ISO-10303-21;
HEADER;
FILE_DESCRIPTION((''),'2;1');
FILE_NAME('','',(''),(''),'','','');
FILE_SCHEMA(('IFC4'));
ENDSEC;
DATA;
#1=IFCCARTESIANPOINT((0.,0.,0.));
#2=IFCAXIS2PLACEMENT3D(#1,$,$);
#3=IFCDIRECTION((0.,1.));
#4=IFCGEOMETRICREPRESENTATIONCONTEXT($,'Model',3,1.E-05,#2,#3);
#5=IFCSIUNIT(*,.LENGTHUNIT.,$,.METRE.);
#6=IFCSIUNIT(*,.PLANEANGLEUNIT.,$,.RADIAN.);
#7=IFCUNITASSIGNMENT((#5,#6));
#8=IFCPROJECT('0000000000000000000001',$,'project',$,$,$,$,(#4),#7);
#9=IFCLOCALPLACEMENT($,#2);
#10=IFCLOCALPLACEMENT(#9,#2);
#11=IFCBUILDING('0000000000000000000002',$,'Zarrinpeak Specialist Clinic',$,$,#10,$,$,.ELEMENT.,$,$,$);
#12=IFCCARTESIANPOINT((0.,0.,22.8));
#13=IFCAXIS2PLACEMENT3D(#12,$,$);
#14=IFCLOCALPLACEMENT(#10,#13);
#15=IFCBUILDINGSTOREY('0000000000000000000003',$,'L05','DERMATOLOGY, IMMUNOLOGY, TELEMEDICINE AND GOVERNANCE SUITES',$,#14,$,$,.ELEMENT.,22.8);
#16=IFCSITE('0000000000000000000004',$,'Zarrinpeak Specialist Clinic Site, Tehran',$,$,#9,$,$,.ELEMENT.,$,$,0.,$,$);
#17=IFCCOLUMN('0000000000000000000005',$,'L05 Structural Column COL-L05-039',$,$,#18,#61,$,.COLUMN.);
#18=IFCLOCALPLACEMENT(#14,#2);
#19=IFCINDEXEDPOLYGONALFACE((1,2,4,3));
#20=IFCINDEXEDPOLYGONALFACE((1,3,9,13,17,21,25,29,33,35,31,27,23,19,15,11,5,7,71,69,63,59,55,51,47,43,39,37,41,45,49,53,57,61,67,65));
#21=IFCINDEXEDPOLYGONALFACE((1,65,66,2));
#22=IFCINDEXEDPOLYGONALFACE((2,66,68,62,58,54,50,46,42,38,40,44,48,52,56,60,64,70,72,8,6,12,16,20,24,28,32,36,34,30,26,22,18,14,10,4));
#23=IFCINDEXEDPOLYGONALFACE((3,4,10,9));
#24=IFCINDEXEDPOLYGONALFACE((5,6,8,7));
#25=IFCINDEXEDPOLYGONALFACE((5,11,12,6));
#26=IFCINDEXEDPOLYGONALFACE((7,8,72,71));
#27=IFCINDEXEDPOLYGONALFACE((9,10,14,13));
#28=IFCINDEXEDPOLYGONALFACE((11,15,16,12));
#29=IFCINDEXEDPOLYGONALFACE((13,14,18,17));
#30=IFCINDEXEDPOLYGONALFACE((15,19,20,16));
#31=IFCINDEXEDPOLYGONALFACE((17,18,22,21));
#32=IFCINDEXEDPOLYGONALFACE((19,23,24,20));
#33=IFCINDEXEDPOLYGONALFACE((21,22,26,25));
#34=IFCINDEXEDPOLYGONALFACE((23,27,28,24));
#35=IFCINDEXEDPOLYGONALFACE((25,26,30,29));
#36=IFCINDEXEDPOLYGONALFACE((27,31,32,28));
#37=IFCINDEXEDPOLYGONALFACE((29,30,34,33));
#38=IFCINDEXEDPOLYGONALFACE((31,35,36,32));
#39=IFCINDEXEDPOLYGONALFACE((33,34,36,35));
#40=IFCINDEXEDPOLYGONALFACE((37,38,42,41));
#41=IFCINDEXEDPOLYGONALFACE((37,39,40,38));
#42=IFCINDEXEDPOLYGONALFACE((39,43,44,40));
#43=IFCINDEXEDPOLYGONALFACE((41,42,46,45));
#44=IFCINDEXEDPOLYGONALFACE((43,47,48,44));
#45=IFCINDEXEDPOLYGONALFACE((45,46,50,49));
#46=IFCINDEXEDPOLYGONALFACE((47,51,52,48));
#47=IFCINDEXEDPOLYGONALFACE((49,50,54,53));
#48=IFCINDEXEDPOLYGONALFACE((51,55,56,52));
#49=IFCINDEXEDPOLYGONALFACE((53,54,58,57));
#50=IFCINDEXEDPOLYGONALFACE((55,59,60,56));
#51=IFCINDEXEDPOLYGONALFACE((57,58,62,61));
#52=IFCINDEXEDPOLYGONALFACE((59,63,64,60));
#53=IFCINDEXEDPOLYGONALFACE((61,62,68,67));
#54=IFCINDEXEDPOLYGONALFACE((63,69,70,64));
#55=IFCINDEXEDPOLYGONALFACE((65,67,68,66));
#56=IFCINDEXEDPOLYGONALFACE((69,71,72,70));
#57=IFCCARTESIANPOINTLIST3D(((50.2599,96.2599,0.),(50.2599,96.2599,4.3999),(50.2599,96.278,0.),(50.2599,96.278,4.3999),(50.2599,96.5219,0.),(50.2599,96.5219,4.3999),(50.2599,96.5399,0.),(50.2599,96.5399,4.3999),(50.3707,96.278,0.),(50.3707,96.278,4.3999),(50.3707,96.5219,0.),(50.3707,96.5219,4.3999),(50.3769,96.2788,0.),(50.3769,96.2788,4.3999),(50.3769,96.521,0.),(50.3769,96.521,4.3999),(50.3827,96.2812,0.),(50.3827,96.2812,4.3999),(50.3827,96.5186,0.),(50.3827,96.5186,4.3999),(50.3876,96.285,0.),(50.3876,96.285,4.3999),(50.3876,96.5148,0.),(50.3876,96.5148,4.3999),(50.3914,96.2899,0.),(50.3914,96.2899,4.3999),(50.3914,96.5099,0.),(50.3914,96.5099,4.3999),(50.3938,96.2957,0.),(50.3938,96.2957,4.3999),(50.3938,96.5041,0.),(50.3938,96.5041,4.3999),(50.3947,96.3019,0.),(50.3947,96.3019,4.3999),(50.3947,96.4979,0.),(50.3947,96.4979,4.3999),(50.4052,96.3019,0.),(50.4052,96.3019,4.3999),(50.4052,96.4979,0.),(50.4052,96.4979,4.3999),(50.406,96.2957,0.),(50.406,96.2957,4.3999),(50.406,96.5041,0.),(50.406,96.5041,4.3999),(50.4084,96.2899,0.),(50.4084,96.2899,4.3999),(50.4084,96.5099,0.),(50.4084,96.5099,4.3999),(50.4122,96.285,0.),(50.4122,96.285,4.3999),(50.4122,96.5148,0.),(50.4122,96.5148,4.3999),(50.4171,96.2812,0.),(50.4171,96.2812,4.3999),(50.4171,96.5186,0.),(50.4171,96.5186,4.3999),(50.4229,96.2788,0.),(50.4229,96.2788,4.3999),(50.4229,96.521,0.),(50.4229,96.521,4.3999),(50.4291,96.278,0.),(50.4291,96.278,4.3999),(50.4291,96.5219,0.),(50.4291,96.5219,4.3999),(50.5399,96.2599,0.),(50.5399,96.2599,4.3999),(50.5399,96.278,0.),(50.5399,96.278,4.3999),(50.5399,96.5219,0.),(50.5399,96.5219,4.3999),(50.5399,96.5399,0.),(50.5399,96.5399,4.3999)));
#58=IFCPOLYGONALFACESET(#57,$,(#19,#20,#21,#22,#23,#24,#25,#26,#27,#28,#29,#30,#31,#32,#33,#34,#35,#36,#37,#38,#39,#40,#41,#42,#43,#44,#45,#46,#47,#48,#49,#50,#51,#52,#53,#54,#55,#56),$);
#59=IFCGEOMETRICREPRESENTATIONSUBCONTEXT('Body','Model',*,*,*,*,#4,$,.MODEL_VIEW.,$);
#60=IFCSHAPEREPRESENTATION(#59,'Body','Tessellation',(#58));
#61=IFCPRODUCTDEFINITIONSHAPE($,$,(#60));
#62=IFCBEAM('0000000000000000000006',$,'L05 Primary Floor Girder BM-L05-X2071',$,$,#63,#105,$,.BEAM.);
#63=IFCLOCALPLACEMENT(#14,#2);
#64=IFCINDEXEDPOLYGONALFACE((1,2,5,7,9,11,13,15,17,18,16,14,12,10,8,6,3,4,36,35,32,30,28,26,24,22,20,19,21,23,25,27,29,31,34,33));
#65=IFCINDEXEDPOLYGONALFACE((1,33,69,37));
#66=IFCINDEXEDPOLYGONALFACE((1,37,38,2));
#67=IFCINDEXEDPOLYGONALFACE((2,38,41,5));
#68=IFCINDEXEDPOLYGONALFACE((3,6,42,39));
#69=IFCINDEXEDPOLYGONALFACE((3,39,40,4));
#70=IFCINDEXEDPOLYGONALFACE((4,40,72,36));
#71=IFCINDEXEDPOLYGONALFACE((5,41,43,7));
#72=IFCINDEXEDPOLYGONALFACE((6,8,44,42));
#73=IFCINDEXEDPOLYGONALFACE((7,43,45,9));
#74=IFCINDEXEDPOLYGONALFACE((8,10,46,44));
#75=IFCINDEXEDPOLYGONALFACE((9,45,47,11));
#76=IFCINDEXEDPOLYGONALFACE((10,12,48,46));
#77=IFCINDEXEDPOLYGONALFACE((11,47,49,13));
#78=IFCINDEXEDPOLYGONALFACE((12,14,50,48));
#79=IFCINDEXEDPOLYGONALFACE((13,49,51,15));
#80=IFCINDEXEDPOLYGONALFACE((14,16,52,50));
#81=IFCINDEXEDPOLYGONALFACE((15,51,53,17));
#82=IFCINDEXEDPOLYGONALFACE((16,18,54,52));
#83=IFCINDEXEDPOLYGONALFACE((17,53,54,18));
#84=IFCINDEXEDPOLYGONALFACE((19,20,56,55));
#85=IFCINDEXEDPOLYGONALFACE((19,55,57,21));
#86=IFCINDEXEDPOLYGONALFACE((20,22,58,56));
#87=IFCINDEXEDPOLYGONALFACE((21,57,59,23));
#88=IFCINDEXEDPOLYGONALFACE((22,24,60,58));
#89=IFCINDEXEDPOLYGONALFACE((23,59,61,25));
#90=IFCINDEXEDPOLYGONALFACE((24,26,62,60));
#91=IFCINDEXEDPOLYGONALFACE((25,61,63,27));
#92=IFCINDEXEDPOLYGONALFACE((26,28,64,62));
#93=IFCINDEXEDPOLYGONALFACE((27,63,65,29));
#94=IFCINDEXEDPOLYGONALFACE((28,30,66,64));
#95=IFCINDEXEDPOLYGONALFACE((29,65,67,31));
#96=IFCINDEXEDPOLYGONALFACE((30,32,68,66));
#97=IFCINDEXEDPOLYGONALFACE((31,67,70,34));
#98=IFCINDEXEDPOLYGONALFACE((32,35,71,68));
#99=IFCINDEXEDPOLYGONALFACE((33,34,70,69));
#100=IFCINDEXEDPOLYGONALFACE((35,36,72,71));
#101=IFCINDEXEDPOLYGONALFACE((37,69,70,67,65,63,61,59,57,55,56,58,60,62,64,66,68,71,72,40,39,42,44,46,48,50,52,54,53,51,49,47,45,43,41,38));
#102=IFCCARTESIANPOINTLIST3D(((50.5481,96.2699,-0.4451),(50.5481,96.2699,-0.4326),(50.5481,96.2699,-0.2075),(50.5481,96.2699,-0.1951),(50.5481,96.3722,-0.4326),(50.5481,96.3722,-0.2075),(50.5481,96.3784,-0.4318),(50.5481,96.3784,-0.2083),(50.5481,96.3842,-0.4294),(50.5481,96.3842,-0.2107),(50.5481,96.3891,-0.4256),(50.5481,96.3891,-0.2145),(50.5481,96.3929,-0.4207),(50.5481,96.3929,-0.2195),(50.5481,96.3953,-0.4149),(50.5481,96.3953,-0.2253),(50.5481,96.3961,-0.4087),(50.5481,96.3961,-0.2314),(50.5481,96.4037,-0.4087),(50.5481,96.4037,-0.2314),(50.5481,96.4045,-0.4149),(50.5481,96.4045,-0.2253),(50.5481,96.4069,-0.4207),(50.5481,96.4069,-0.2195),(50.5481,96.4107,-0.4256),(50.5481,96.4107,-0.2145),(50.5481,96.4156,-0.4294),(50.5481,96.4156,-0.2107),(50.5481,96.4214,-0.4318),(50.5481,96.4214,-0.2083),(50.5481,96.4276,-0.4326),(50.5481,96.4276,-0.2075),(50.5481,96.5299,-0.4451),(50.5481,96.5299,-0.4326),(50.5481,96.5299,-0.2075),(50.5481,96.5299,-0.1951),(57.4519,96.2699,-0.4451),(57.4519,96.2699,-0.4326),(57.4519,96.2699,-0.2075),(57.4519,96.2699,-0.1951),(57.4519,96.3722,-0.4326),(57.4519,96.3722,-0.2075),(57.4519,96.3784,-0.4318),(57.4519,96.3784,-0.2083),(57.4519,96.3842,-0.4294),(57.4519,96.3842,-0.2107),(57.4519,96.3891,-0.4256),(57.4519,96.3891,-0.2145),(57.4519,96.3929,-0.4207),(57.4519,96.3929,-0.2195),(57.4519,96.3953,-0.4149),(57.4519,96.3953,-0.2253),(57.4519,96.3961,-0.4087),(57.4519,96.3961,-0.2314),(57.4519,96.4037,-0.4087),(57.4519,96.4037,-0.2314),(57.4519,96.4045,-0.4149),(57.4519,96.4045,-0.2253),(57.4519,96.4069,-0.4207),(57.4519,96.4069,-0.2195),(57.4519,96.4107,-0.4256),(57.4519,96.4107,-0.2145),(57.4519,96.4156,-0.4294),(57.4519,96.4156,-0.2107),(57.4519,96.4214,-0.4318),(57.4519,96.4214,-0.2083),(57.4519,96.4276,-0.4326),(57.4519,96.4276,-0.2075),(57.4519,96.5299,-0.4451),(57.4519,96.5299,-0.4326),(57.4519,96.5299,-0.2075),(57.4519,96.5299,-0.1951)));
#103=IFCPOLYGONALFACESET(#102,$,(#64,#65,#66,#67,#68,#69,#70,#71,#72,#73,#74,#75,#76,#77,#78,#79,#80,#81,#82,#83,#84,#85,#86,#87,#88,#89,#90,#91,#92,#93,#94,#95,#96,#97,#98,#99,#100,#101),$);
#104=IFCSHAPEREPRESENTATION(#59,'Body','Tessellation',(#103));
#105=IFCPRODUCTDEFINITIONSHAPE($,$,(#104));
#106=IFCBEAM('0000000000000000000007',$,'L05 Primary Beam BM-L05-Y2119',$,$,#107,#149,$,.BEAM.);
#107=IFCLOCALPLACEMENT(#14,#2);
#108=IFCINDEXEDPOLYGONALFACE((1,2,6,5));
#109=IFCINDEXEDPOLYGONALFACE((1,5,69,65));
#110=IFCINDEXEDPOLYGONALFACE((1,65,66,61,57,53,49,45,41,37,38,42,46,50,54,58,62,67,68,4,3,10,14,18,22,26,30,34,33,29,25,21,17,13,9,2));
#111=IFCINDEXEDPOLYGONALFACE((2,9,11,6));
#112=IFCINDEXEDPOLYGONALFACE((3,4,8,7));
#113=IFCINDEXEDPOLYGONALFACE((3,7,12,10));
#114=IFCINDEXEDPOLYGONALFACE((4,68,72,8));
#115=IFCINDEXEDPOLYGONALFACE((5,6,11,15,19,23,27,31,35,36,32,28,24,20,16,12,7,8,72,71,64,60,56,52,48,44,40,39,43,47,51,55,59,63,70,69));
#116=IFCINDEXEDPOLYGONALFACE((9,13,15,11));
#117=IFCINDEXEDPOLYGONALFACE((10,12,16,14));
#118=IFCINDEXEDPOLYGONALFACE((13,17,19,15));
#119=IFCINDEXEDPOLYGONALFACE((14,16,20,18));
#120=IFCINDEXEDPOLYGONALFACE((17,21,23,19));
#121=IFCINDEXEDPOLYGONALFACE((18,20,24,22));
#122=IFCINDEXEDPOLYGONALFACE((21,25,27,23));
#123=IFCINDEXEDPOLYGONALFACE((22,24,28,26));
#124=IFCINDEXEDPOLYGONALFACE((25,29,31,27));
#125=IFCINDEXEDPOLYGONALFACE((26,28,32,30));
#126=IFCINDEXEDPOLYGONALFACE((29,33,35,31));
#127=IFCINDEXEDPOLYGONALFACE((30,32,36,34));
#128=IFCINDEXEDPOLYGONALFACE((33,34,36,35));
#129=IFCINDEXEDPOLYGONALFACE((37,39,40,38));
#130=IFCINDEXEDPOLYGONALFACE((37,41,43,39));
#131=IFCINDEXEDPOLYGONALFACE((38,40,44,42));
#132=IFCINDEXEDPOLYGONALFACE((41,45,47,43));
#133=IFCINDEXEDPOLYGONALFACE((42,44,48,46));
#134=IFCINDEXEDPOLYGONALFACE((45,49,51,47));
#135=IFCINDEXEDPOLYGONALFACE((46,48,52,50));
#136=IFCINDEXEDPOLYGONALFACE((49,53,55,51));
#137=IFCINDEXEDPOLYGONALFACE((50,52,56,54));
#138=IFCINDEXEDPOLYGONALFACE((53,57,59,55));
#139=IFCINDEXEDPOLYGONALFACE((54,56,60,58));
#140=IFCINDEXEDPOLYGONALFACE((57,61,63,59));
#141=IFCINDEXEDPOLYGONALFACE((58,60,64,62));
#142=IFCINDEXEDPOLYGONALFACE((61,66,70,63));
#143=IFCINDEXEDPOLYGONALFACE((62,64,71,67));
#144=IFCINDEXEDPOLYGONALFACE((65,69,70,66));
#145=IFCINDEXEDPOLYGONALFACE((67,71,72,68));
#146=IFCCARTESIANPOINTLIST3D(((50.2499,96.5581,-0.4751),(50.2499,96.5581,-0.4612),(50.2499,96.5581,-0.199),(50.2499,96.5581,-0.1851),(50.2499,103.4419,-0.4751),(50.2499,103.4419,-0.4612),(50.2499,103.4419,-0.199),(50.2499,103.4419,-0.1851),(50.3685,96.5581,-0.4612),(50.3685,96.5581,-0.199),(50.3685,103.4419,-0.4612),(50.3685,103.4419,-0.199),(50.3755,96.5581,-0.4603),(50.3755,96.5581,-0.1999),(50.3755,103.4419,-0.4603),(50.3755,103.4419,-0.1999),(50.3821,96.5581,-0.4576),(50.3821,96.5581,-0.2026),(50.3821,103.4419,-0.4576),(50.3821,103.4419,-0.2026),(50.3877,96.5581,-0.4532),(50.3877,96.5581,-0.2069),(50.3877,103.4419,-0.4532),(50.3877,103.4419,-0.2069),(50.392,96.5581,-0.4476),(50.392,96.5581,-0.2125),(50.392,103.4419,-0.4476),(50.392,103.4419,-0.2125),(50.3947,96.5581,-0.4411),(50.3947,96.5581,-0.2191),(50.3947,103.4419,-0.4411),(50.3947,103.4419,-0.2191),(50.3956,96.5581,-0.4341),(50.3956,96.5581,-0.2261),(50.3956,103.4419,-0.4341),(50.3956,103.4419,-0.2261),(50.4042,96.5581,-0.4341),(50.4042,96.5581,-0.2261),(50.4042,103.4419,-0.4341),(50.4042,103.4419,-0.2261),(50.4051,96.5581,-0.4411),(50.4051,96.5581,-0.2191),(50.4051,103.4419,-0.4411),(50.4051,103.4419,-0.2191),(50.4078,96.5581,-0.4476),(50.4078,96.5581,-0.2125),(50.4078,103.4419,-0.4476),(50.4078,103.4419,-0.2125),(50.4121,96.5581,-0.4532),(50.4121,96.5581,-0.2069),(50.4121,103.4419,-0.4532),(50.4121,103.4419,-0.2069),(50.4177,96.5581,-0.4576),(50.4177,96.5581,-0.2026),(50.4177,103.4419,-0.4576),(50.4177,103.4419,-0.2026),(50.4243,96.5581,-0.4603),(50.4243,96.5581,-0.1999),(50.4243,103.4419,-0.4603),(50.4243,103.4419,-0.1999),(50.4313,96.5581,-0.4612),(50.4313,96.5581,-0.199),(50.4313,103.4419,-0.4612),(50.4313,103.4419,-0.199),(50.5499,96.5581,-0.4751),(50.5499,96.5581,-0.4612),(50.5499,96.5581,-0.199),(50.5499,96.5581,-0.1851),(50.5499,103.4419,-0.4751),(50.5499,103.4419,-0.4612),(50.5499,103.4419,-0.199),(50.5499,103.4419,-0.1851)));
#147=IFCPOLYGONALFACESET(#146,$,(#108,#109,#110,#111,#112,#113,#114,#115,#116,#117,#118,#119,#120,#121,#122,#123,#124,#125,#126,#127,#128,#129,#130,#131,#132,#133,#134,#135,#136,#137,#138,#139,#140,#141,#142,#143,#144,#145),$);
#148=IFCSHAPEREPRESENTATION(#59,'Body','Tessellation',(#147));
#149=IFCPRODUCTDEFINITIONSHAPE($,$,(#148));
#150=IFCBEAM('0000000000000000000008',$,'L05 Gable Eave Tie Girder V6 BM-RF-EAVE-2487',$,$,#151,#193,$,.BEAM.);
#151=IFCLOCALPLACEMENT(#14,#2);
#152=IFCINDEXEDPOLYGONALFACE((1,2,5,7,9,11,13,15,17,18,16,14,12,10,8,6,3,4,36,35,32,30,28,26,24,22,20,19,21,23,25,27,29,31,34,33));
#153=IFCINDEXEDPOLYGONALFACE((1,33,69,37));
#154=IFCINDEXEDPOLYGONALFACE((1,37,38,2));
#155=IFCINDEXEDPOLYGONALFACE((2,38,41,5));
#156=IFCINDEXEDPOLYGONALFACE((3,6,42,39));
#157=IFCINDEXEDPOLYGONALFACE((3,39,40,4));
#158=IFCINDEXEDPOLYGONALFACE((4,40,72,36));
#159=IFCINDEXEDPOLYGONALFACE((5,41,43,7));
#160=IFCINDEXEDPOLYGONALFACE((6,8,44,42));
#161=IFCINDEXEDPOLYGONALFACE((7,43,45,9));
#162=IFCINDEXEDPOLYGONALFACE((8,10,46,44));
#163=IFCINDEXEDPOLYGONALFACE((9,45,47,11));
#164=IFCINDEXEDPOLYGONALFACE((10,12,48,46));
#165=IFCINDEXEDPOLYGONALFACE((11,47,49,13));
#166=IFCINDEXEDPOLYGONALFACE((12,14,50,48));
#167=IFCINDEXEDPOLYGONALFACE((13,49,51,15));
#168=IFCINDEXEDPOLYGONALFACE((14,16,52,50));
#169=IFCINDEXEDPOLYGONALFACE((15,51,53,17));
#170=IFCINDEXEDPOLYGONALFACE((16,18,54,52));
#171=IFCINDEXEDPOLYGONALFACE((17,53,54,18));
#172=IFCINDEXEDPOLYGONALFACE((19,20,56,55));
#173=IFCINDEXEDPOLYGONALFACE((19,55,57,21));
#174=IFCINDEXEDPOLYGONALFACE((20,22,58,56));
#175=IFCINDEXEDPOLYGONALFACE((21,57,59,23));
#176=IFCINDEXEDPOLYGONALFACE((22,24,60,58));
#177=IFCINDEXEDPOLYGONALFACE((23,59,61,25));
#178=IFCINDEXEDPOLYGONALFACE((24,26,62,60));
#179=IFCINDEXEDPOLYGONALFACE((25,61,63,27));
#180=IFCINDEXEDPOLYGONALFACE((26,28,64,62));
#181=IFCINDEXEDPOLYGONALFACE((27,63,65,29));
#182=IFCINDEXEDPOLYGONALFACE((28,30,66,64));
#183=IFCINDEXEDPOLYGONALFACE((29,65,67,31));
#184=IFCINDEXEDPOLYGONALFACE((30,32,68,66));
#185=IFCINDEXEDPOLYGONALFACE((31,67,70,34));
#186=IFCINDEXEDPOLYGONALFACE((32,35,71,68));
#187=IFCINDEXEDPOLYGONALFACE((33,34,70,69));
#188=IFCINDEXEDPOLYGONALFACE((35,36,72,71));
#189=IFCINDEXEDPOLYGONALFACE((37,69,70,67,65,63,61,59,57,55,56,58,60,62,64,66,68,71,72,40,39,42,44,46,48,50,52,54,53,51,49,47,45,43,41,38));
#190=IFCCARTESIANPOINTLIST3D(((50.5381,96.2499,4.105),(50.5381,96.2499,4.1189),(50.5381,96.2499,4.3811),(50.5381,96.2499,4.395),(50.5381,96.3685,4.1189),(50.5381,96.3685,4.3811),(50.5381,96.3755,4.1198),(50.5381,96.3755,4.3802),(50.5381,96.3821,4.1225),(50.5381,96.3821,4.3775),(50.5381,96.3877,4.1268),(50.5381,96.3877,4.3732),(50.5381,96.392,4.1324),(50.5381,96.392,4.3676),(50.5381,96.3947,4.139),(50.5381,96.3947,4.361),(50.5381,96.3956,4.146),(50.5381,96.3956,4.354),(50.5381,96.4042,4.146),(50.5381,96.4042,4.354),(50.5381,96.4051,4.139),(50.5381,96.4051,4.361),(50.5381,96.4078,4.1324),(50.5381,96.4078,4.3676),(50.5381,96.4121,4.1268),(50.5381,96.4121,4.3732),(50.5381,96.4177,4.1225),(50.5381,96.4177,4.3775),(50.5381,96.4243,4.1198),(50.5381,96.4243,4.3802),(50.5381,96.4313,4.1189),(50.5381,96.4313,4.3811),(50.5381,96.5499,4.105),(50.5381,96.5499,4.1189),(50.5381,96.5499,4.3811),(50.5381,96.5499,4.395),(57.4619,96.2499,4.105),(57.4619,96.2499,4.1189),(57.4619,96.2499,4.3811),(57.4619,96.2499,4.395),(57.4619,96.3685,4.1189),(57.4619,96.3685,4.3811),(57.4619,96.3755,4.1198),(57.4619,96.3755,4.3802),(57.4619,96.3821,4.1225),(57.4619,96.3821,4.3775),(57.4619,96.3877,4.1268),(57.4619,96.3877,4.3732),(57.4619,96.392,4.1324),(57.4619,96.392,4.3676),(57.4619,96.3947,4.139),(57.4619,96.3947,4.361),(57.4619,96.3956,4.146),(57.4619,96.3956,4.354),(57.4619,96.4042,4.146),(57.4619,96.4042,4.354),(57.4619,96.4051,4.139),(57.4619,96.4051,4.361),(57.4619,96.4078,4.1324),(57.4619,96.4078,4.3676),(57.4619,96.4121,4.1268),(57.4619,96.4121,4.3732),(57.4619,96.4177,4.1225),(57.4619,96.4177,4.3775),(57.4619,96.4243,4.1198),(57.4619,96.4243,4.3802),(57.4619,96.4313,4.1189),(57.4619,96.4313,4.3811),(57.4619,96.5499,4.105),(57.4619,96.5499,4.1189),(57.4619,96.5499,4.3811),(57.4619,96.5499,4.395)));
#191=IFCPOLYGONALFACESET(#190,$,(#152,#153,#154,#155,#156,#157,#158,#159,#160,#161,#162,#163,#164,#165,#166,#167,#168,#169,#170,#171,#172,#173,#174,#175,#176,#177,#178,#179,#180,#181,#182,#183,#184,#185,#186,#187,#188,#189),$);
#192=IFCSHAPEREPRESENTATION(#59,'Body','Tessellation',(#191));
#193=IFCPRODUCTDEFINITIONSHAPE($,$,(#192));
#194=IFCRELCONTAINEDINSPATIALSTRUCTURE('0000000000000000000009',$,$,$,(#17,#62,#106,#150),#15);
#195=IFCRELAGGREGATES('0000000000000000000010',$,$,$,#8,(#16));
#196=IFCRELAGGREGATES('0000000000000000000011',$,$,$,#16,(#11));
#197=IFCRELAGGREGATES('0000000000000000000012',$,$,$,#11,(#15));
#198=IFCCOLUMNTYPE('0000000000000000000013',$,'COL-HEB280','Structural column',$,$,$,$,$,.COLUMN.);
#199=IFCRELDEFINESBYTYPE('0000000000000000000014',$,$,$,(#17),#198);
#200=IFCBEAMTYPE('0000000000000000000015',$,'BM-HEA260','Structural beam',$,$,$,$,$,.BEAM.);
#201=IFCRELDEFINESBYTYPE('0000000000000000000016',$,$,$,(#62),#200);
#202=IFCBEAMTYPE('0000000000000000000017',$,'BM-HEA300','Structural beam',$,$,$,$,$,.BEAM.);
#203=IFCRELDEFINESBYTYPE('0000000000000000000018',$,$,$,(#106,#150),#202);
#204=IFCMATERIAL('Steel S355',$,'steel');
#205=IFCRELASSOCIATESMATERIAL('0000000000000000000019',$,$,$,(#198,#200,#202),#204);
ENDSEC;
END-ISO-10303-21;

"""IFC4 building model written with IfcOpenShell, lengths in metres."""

from ifc_helpers import new_model, si_unit, direction, frame, origin, origin_2d, place, context, subcontext, project, spatial, i_section, extrude, material, material_profile, profile_set, type_object, element, save


model = new_model("IFC4")

# Units and contexts
model_context = context("Model", 3, precision=1e-05, world=origin(), true_north=direction((0.0, 1.0)))
body_context = subcontext(model_context, "Body", "Model", "MODEL_VIEW")
ifc_project = project(units=[si_unit("LENGTHUNIT", "METRE"), si_unit("PLANEANGLEUNIT", "RADIAN")], contexts=[model_context])

# Site, building, storey
site_placement = place(None, origin())
site = spatial("IfcSite", under=ifc_project, at=site_placement, Name="Zarrinpeak Specialist Clinic Site, Tehran", CompositionType="ELEMENT", RefElevation=0.0)
building_placement = place(site_placement, origin())
building = spatial("IfcBuilding", under=site, at=building_placement, Name="Zarrinpeak Specialist Clinic", CompositionType="ELEMENT")
storey_placement = place(building_placement, frame((0.0, 0.0, 22.8)))
storey = spatial("IfcBuildingStorey", under=building, at=storey_placement, Name="L05", Description="DERMATOLOGY, IMMUNOLOGY, TELEMEDICINE AND GOVERNANCE SUITES", CompositionType="ELEMENT", Elevation=22.8)

# Column
ifc_material_1 = material(Name="Steel S355", Category="steel")
ifc_material_profile_1 = material_profile(ifc_material_1, i_section(OverallWidth=0.28, OverallDepth=0.28, WebThickness=0.0105, FlangeThickness=0.0181, FilletRadius=0.0239, at=origin_2d()), Name="HEB 280")
ifc_profile_set_1 = profile_set([ifc_material_profile_1], Name="Steel S355")
column_type = type_object("IfcColumnType", Name="COL-HEB280", Description="Structural column", PredefinedType="COLUMN", material=ifc_profile_set_1)
column_placement = place(storey_placement, frame((50.3999, 96.3999, 0.0), z_axis=(0.0, 0.0, 1.0), x_axis=(1.0, 0.0, 0.0)))
element("IfcColumn", 1, at=column_placement, inside=storey, type_object=column_type, Name="L05 Structural Column COL-L05-039", PredefinedType="COLUMN", context=body_context, shape_type="SweptSolid", body=[
    extrude(i_section(OverallWidth=0.28, OverallDepth=0.28, WebThickness=0.0105, FlangeThickness=0.0181, FilletRadius=0.0239, at=origin_2d()), origin(), (0.0, 0.0, 1.0), 4.3999),
])

# Beams
ifc_material_profile_2 = material_profile(ifc_material_1, i_section(OverallWidth=0.26, OverallDepth=0.25, WebThickness=0.0076, FlangeThickness=0.0125, FilletRadius=0.0239, at=origin_2d()), Name="HEA 260")
ifc_profile_set_2 = profile_set([ifc_material_profile_2], Name="Steel S355")
beam_type_1 = type_object("IfcBeamType", Name="BM-HEA260", Description="Structural beam", PredefinedType="BEAM", material=ifc_profile_set_2)
beam_1_placement = place(storey_placement, frame((50.5481, 96.3999, -0.3201), z_axis=(1.0, 0.0, 0.0), x_axis=(0.0, 1.0, 0.0)))
element("IfcBeam", 2, at=beam_1_placement, inside=storey, type_object=beam_type_1, Name="L05 Primary Floor Girder BM-L05-X2071", PredefinedType="BEAM", context=body_context, shape_type="SweptSolid", body=[
    extrude(i_section(OverallWidth=0.26, OverallDepth=0.25, WebThickness=0.0076, FlangeThickness=0.0125, FilletRadius=0.0239, at=origin_2d()), origin(), (0.0, 0.0, 1.0), 6.9038),
])
ifc_material_profile_3 = material_profile(ifc_material_1, i_section(OverallWidth=0.3, OverallDepth=0.29, WebThickness=0.0085, FlangeThickness=0.0139, FilletRadius=0.0271, at=origin_2d()), Name="HEA 300")
ifc_profile_set_3 = profile_set([ifc_material_profile_3], Name="Steel S355")
beam_type_2 = type_object("IfcBeamType", Name="BM-HEA300", Description="Structural beam", PredefinedType="BEAM", material=ifc_profile_set_3)
beam_2_placement = place(storey_placement, frame((50.3999, 96.5581, -0.3301), z_axis=(0.0, 1.0, 0.0), x_axis=(-1.0, 0.0, 0.0)))
element("IfcBeam", 3, at=beam_2_placement, inside=storey, type_object=beam_type_2, Name="L05 Primary Beam BM-L05-Y2119", PredefinedType="BEAM", context=body_context, shape_type="SweptSolid", body=[
    extrude(i_section(OverallWidth=0.3, OverallDepth=0.29, WebThickness=0.0085, FlangeThickness=0.0139, FilletRadius=0.0271, at=origin_2d()), origin(), (0.0, 0.0, 1.0), 6.8838),
])
beam_3_placement = place(storey_placement, frame((50.5381, 96.3999, 4.25), z_axis=(1.0, 0.0, 0.0), x_axis=(0.0, 1.0, 0.0)))
element("IfcBeam", 4, at=beam_3_placement, inside=storey, type_object=beam_type_2, Name="L05 Gable Eave Tie Girder V6 BM-RF-EAVE-2487", PredefinedType="BEAM", context=body_context, shape_type="SweptSolid", body=[
    extrude(i_section(OverallWidth=0.3, OverallDepth=0.29, WebThickness=0.0085, FlangeThickness=0.0139, FilletRadius=0.0271, at=origin_2d()), origin(), (0.0, 0.0, 1.0), 6.9238),
])

save(model, "model.ifc")
